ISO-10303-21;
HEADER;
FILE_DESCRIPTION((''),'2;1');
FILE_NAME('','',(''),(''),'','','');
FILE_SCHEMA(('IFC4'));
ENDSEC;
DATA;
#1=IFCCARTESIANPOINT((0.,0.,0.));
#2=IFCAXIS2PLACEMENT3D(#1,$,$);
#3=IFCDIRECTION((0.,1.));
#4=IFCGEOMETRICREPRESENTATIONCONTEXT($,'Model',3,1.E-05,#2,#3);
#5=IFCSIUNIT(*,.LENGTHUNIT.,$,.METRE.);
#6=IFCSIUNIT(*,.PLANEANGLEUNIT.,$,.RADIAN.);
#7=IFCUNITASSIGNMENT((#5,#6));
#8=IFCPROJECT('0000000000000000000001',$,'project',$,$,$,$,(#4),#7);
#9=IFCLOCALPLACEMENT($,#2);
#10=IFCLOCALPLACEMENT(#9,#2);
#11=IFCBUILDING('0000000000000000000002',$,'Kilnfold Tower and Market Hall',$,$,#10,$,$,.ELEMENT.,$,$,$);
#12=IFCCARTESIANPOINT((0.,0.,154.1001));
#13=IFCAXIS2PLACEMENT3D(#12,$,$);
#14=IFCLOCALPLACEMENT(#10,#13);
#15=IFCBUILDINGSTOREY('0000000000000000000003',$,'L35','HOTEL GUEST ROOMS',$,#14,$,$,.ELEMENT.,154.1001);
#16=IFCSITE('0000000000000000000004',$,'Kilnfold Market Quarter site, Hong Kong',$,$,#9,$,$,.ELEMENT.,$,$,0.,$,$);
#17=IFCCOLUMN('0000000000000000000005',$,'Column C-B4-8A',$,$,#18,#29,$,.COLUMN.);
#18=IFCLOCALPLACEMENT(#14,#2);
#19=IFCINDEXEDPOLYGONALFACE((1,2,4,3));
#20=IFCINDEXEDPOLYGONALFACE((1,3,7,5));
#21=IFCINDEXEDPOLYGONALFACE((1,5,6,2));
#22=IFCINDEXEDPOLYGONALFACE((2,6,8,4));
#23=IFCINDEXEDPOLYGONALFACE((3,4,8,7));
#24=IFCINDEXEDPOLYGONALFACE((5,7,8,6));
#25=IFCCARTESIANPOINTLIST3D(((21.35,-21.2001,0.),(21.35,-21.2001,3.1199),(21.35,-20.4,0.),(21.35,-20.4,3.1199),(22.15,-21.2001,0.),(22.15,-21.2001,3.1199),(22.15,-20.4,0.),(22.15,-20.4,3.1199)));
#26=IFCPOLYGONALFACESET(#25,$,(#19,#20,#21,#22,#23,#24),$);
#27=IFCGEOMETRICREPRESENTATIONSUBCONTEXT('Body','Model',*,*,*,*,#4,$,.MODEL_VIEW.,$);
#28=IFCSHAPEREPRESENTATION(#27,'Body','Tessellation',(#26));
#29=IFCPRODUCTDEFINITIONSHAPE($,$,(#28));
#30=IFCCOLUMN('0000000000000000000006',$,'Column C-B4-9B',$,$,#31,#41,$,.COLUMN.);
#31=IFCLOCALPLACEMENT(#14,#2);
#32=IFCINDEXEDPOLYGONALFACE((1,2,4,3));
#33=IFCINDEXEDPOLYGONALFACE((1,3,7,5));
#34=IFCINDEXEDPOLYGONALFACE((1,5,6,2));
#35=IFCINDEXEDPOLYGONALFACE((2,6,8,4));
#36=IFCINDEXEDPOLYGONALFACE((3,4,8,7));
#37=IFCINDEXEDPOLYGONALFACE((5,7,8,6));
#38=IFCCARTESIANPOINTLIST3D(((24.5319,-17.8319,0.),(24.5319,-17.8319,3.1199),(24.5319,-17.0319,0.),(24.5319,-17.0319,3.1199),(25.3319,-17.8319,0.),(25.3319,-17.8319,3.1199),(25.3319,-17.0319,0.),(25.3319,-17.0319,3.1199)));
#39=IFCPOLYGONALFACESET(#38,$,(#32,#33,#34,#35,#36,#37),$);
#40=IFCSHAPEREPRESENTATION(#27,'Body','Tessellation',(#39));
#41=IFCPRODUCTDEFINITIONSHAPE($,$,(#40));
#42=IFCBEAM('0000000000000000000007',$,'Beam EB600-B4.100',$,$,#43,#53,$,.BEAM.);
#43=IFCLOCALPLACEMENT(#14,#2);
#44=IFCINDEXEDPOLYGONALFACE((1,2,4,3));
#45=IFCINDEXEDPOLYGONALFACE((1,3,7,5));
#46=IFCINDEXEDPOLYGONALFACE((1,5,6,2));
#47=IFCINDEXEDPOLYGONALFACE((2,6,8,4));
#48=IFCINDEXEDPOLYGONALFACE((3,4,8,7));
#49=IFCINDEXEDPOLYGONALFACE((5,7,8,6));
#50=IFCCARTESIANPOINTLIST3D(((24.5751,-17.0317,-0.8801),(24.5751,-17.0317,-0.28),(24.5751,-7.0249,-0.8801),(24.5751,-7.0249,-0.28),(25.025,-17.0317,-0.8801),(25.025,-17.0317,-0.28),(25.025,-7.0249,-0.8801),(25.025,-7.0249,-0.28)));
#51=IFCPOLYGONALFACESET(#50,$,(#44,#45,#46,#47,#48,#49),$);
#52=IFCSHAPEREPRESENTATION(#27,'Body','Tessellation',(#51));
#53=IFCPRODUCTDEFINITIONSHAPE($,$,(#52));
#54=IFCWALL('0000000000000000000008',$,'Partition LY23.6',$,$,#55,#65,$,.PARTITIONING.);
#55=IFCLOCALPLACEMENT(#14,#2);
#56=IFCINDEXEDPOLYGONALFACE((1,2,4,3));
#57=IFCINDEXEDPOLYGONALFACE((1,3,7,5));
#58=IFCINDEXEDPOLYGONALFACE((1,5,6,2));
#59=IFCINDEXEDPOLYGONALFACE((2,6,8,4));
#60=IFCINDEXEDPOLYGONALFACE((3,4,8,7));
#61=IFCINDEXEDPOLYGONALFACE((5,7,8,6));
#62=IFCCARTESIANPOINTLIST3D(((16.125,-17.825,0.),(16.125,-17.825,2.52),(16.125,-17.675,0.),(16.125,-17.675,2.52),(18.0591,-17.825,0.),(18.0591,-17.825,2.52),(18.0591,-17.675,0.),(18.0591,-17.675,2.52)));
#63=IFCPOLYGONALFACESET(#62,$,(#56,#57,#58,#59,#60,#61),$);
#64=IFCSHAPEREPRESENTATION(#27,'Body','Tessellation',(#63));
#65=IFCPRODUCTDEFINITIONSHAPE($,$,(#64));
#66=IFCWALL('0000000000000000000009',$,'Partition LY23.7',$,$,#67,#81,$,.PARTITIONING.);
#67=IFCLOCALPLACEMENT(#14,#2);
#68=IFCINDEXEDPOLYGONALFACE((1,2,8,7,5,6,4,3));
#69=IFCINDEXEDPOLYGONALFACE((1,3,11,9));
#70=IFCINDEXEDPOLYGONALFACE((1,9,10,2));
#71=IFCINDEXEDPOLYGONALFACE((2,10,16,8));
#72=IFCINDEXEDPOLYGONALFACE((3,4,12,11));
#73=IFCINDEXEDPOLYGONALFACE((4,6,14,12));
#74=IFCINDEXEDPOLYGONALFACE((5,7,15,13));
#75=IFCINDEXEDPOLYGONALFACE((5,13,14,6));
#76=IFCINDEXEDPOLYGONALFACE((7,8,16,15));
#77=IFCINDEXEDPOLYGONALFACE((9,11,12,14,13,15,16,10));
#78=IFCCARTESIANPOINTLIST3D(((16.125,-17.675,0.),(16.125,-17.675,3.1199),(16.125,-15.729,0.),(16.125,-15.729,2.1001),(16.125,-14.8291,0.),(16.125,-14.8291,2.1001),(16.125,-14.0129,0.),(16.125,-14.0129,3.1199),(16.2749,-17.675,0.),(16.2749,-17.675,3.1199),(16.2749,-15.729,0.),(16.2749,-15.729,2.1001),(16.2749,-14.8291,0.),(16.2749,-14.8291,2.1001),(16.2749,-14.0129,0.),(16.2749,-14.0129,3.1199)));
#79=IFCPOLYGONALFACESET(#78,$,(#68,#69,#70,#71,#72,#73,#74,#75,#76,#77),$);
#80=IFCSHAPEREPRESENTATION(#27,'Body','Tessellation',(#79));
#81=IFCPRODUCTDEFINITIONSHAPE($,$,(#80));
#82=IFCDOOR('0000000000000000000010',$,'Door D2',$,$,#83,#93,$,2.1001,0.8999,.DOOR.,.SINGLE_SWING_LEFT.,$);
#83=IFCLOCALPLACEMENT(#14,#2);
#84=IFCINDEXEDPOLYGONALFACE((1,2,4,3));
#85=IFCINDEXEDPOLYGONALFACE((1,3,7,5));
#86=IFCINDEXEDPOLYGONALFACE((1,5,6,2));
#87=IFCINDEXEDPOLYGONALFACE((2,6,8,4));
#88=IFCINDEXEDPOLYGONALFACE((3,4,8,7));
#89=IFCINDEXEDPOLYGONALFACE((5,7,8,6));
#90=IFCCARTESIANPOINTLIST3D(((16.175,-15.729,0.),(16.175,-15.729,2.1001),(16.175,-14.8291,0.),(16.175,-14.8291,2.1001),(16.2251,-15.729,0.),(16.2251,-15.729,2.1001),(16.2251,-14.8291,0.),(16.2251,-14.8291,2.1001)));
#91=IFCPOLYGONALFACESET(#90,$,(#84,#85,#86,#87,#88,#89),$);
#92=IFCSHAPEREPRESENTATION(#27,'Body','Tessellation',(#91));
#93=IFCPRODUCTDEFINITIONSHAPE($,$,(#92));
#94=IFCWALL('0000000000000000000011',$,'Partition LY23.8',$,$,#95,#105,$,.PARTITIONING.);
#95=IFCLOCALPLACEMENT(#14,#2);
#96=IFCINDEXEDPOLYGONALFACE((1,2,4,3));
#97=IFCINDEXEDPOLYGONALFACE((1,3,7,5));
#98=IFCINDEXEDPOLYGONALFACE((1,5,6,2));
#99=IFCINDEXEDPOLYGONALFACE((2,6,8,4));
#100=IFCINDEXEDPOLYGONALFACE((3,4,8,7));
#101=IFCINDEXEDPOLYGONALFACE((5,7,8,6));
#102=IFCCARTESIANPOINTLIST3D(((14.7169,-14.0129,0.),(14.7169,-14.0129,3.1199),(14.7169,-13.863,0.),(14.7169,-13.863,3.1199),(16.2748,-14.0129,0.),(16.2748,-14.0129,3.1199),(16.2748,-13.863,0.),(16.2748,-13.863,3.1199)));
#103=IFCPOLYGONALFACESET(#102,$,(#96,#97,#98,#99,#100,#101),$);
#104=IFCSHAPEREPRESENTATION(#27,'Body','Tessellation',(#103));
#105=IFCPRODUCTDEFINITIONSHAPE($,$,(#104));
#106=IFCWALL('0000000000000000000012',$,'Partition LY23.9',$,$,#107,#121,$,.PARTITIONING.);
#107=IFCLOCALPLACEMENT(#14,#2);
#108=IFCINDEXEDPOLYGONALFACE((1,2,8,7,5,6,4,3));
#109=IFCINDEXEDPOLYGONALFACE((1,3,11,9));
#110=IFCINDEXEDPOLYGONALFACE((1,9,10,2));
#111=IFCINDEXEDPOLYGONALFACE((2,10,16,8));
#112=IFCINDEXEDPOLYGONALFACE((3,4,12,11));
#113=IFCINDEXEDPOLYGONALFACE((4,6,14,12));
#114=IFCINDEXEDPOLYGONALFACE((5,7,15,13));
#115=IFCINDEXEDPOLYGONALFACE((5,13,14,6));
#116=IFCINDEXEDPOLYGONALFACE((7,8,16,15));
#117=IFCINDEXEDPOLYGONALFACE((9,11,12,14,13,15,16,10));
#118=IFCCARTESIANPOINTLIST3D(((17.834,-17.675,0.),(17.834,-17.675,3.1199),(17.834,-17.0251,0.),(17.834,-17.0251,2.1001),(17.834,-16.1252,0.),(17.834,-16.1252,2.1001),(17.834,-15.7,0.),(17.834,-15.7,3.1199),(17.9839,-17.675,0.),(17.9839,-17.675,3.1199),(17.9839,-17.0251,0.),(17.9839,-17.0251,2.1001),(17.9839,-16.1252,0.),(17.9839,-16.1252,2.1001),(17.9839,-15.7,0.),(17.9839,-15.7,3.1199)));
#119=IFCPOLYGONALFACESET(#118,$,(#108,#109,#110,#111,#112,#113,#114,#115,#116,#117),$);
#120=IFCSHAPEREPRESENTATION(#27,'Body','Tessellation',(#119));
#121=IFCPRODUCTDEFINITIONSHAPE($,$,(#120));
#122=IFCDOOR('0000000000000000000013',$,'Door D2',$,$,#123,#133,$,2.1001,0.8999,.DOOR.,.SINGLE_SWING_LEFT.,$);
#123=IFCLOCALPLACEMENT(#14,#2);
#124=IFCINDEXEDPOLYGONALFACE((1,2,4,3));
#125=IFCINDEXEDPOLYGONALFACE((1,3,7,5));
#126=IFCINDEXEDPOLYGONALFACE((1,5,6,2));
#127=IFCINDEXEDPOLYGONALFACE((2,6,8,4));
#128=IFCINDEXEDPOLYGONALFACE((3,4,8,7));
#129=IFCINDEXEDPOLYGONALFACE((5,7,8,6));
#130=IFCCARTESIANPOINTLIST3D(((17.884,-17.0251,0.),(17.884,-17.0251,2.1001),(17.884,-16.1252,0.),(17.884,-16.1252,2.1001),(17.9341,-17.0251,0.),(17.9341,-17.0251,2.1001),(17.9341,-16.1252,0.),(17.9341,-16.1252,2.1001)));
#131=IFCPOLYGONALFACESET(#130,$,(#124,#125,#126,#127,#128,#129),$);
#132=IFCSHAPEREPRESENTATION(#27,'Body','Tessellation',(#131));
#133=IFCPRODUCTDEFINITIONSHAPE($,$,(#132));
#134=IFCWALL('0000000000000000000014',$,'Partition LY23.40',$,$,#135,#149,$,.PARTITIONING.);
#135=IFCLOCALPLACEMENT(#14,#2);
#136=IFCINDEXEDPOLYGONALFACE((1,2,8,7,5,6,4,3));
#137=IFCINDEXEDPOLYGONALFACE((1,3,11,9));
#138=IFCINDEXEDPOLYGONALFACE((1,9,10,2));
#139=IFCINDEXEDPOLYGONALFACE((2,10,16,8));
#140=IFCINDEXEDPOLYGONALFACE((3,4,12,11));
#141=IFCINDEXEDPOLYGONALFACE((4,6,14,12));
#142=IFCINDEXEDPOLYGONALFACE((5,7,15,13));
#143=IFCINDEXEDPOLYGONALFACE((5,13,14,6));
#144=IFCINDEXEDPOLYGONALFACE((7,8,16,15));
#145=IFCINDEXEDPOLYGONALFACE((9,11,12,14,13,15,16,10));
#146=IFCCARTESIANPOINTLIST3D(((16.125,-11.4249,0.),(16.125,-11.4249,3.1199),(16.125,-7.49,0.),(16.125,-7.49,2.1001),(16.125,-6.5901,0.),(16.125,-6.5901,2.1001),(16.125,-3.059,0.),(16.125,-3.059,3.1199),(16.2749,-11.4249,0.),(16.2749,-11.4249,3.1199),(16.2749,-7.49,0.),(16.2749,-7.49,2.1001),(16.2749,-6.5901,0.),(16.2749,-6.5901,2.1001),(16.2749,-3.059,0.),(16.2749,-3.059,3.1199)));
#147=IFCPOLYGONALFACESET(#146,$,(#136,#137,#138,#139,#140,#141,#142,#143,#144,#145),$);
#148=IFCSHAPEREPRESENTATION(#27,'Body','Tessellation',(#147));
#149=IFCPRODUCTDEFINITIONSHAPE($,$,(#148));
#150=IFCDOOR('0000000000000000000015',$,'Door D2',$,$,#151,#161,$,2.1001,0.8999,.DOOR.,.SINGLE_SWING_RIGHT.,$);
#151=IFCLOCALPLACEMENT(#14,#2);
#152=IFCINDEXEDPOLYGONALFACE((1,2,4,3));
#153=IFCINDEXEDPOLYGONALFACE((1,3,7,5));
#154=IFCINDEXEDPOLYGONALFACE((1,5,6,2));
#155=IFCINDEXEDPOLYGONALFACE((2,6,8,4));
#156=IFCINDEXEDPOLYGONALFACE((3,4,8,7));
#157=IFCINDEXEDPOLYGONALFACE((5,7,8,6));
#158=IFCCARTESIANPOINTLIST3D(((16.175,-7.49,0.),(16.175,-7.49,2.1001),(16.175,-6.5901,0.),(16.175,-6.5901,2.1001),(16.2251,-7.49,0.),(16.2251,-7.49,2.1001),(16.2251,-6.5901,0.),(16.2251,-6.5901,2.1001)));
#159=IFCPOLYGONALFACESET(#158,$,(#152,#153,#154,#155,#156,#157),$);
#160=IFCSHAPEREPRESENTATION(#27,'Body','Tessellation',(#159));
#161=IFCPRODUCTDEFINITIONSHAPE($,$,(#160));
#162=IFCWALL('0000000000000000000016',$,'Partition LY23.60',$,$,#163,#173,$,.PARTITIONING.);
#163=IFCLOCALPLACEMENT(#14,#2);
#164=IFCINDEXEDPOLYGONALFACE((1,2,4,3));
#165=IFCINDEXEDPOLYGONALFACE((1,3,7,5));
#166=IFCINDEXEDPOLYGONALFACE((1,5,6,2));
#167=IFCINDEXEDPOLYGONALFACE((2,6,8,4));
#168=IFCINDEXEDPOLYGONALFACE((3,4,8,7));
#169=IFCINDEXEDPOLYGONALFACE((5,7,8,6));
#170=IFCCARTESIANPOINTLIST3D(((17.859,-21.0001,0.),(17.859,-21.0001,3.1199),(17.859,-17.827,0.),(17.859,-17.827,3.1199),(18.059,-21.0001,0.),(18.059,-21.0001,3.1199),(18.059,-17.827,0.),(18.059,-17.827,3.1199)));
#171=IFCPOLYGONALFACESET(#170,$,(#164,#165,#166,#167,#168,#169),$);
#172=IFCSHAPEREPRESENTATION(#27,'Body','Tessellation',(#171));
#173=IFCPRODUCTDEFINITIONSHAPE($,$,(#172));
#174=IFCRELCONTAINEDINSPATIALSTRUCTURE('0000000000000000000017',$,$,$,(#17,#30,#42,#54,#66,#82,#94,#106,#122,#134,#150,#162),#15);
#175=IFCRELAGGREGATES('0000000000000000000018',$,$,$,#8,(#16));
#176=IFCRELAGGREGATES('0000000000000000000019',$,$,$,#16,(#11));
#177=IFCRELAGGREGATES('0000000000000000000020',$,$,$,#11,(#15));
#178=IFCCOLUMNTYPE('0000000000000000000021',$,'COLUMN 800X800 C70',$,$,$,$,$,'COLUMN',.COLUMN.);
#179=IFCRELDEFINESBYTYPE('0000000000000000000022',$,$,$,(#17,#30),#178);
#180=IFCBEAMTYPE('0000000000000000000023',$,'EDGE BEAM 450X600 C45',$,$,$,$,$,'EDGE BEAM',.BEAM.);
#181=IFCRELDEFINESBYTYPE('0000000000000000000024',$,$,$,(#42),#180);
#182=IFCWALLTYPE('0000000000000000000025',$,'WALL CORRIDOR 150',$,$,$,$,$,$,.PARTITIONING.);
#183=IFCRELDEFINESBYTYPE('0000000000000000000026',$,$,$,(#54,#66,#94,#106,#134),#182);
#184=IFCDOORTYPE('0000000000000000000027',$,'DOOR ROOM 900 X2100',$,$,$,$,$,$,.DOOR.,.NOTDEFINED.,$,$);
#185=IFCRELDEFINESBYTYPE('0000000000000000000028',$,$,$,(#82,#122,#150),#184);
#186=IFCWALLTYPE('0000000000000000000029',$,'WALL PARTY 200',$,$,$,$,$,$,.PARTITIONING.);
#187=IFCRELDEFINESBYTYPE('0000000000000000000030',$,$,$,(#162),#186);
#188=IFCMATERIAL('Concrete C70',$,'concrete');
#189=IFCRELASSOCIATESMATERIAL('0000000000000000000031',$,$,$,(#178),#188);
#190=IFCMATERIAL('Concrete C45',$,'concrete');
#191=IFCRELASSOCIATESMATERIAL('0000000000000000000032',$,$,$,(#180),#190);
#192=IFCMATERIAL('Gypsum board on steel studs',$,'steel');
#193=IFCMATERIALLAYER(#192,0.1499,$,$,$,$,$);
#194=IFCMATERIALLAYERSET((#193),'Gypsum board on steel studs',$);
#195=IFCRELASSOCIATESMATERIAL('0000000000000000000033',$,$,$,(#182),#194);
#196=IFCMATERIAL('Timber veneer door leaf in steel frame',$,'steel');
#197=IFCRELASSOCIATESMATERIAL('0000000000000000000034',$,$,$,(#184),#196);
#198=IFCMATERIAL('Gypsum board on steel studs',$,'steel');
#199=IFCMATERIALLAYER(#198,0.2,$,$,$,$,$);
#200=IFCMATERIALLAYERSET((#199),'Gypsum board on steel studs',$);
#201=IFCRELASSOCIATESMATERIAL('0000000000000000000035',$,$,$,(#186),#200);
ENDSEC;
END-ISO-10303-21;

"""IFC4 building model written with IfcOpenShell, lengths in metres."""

from ifc_helpers import new_model, si_unit, direction, frame, frame_2d, origin, origin_2d, place, context, subcontext, project, spatial, rectangle, extrude, source, transform, mapped, material, layer, layer_set, material_profile, profile_set, type_object, element, fill, save


model = new_model("IFC4")

# Units and contexts
model_context = context("Model", 3, precision=1e-05, world=origin(), true_north=direction((0.0, 1.0)))
body_context = subcontext(model_context, "Body", "Model", "MODEL_VIEW")
ifc_project = project(units=[si_unit("LENGTHUNIT", "METRE"), si_unit("PLANEANGLEUNIT", "RADIAN")], contexts=[model_context])

# Site, building, storey
site_placement = place(None, origin())
site = spatial("IfcSite", under=ifc_project, at=site_placement, Name="Kilnfold Market Quarter site, Hong Kong", CompositionType="ELEMENT", RefElevation=0.0)
building_placement = place(site_placement, origin())
building = spatial("IfcBuilding", under=site, at=building_placement, Name="Kilnfold Tower and Market Hall", CompositionType="ELEMENT")
storey_placement = place(building_placement, frame((0.0, 0.0, 154.1001)))
storey = spatial("IfcBuildingStorey", under=building, at=storey_placement, Name="L35", Description="HOTEL GUEST ROOMS", CompositionType="ELEMENT", Elevation=154.1001)

# Columns
ifc_material_1 = material(Name="Concrete C70", Category="concrete")
ifc_material_profile_1 = material_profile(ifc_material_1, rectangle(XDim=0.8, YDim=0.8, at=origin_2d()), Name="RC 800x800")
ifc_profile_set_1 = profile_set([ifc_material_profile_1], Name="Concrete C70")
column_type = type_object("IfcColumnType", Name="COLUMN 800X800 C70", ElementType="COLUMN", PredefinedType="COLUMN", material=ifc_profile_set_1)
shared_shape_1 = source(origin(), body_context, "Body", "SweptSolid", [
    extrude(rectangle(XDim=0.8, YDim=0.8, at=origin_2d()), origin(), (0.0, 0.0, 1.0), 3.1199),
])
for number, where, z_axis, x_axis, name in (
    (1, (21.75, -20.8, 0.0), (0.0, 0.0, 1.0), (1.0, 0.0, 0.0), "Column C-B4-8A"),
    (2, (24.9319, -17.4319, 0.0), (0.0, 0.0, 1.0), (1.0, 0.0, 0.0), "Column C-B4-9B"),
):
    element("IfcColumn", number, at=place(storey_placement, frame(where, z_axis=z_axis, x_axis=x_axis)), inside=storey, type_object=column_type, Name=name, PredefinedType="COLUMN", context=body_context, shape_type="MappedRepresentation", body=[
        mapped(shared_shape_1, transform((0.0, 0.0, 0.0))),
    ])

# Beam
ifc_material_2 = material(Name="Concrete C45", Category="concrete")
ifc_material_profile_2 = material_profile(ifc_material_2, rectangle(XDim=0.45, YDim=0.6001, at=origin_2d()), Name="RC 450x600")
ifc_profile_set_2 = profile_set([ifc_material_profile_2], Name="Concrete C45")
beam_type = type_object("IfcBeamType", Name="EDGE BEAM 450X600 C45", ElementType="EDGE BEAM", PredefinedType="BEAM", material=ifc_profile_set_2)
shared_shape_2 = source(origin(), body_context, "Body", "SweptSolid", [
    extrude(rectangle(XDim=0.45, YDim=0.6001, at=origin_2d()), origin(), (0.0, 0.0, 1.0), 10.0068),
])
beam_placement = place(storey_placement, frame((24.8, -17.0317, -0.5801), z_axis=(0.0, 1.0, 0.0), x_axis=(-1.0, 0.0, 0.0)))
element("IfcBeam", 3, at=beam_placement, inside=storey, type_object=beam_type, Name="Beam EB600-B4.100", PredefinedType="BEAM", context=body_context, shape_type="MappedRepresentation", body=[
    mapped(shared_shape_2, transform((0.0, 0.0, 0.0))),
])

# Wall
ifc_material_3 = material(Name="Gypsum board on steel studs", Category="steel")
ifc_layer_1 = layer(ifc_material_3, 0.1499)
ifc_layer_set_1 = layer_set([ifc_layer_1], Name="Gypsum board on steel studs")
wall_type_1 = type_object("IfcWallType", Name="WALL CORRIDOR 150", PredefinedType="PARTITIONING", material=ifc_layer_set_1)
wall_1_placement = place(storey_placement, frame((16.125, -17.75, 0.0), z_axis=(0.0, 0.0, 1.0), x_axis=(1.0, 0.0, 0.0)))
element("IfcWall", 4, at=wall_1_placement, inside=storey, type_object=wall_type_1, Name="Partition LY23.6", PredefinedType="PARTITIONING", context=body_context, shape_type="SweptSolid", body=[
    extrude(rectangle(XDim=1.9341, YDim=0.1499, at=frame_2d((0.967, 0.0))), origin(), (0.0, 0.0, 1.0), 2.52),
])

# Wall, opening, door
wall_2_placement = place(storey_placement, frame((16.2, -17.675, 0.0), z_axis=(0.0, 0.0, 1.0), x_axis=(0.0, 1.0, 0.0)))
wall_2 = element("IfcWall", 5, at=wall_2_placement, inside=storey, type_object=wall_type_1, Name="Partition LY23.7", PredefinedType="PARTITIONING", context=body_context, shape_type="SweptSolid", body=[
    extrude(rectangle(XDim=3.6621, YDim=0.1499, at=frame_2d((1.8311, 0.0))), origin(), (0.0, 0.0, 1.0), 3.1199),
])
opening_1_placement = place(wall_2_placement, frame((1.946, 0.0, 0.0)))
opening_1 = element("IfcOpeningElement", 6, at=opening_1_placement, cuts=wall_2, PredefinedType="OPENING", context=body_context, shape_type="SweptSolid", body=[
    extrude(rectangle(XDim=0.8999, YDim=2.1001, at=frame_2d((0.45, 1.05))), frame((0.0, 0.085, 0.0), z_axis=(0.0, -1.0, 0.0), x_axis=(1.0, 0.0, 0.0)), (0.0, 0.0, 1.0), 0.1699),
])
ifc_material_4 = material(Name="Timber veneer door leaf in steel frame", Category="steel")
door_type_1 = type_object("IfcDoorType", Name="DOOR ROOM 900 X2100", OperationType="NOTDEFINED", PredefinedType="DOOR", material=ifc_material_4)
door_1_placement = place(opening_1_placement, origin())
door_1 = element("IfcDoor", 7, at=door_1_placement, inside=storey, type_object=door_type_1, Name="Door D2", OperationType="SINGLE_SWING_LEFT", OverallHeight=2.1001, OverallWidth=0.8999, PredefinedType="DOOR", context=body_context, shape_type="SweptSolid", body=[
    extrude(rectangle(XDim=0.8999, YDim=2.1001, at=frame_2d((0.45, 1.05))), frame((0.0, 0.0249, 0.0), z_axis=(0.0, -1.0, 0.0), x_axis=(1.0, 0.0, 0.0)), (0.0, 0.0, 1.0), 0.05),
])
fill(opening_1, door_1)

# Wall
wall_3_placement = place(storey_placement, frame((14.717, -13.938, 0.0), z_axis=(0.0, 0.0, 1.0), x_axis=(1.0, 0.0, 0.0)))
element("IfcWall", 8, at=wall_3_placement, inside=storey, type_object=wall_type_1, Name="Partition LY23.8", PredefinedType="PARTITIONING", context=body_context, shape_type="SweptSolid", body=[
    extrude(rectangle(XDim=1.5579, YDim=0.1499, at=frame_2d((0.7788, 0.0))), origin(), (0.0, 0.0, 1.0), 3.1199),
])

# Walls, openings, doors
wall_4_placement = place(storey_placement, frame((17.9089, -17.675, 0.0), z_axis=(0.0, 0.0, 1.0), x_axis=(0.0, 1.0, 0.0)))
wall_4 = element("IfcWall", 9, at=wall_4_placement, inside=storey, type_object=wall_type_1, Name="Partition LY23.9", PredefinedType="PARTITIONING", context=body_context, shape_type="SweptSolid", body=[
    extrude(rectangle(XDim=1.9751, YDim=0.1499, at=frame_2d((0.9875, 0.0))), origin(), (0.0, 0.0, 1.0), 3.1199),
])
opening_2_placement = place(wall_4_placement, frame((0.6499, 0.0, 0.0)))
opening_2 = element("IfcOpeningElement", 10, at=opening_2_placement, cuts=wall_4, PredefinedType="OPENING", context=body_context, shape_type="SweptSolid", body=[
    extrude(rectangle(XDim=0.8999, YDim=2.1001, at=frame_2d((0.45, 1.05))), frame((0.0, 0.085, 0.0), z_axis=(0.0, -1.0, 0.0), x_axis=(1.0, 0.0, 0.0)), (0.0, 0.0, 1.0), 0.1699),
])
door_2_placement = place(opening_2_placement, origin())
door_2 = element("IfcDoor", 11, at=door_2_placement, inside=storey, type_object=door_type_1, Name="Door D2", OperationType="SINGLE_SWING_LEFT", OverallHeight=2.1001, OverallWidth=0.8999, PredefinedType="DOOR", context=body_context, shape_type="SweptSolid", body=[
    extrude(rectangle(XDim=0.8999, YDim=2.1001, at=frame_2d((0.45, 1.05))), frame((0.0, 0.0249, 0.0), z_axis=(0.0, -1.0, 0.0), x_axis=(1.0, 0.0, 0.0)), (0.0, 0.0, 1.0), 0.05),
])
fill(opening_2, door_2)
wall_5_placement = place(storey_placement, frame((16.2, -11.425, 0.0), z_axis=(0.0, 0.0, 1.0), x_axis=(0.0, 1.0, 0.0)))
wall_5 = element("IfcWall", 12, at=wall_5_placement, inside=storey, type_object=wall_type_1, Name="Partition LY23.40", PredefinedType="PARTITIONING", context=body_context, shape_type="SweptSolid", body=[
    extrude(rectangle(XDim=8.366, YDim=0.1499, at=frame_2d((4.1831, 0.0))), origin(), (0.0, 0.0, 1.0), 3.1199),
])
opening_3_placement = place(wall_5_placement, frame((3.9351, 0.0, 0.0)))
opening_3 = element("IfcOpeningElement", 13, at=opening_3_placement, cuts=wall_5, PredefinedType="OPENING", context=body_context, shape_type="SweptSolid", body=[
    extrude(rectangle(XDim=0.8999, YDim=2.1001, at=frame_2d((0.45, 1.05))), frame((0.0, 0.085, 0.0), z_axis=(0.0, -1.0, 0.0), x_axis=(1.0, 0.0, 0.0)), (0.0, 0.0, 1.0), 0.1699),
])
door_3_placement = place(opening_3_placement, origin())
door_3 = element("IfcDoor", 14, at=door_3_placement, inside=storey, type_object=door_type_1, Name="Door D2", OperationType="SINGLE_SWING_RIGHT", OverallHeight=2.1001, OverallWidth=0.8999, PredefinedType="DOOR", context=body_context, shape_type="SweptSolid", body=[
    extrude(rectangle(XDim=0.8999, YDim=2.1001, at=frame_2d((0.45, 1.05))), frame((0.0, 0.0249, 0.0), z_axis=(0.0, -1.0, 0.0), x_axis=(1.0, 0.0, 0.0)), (0.0, 0.0, 1.0), 0.05),
])
fill(opening_3, door_3)

# Wall
ifc_material_5 = material(Name="Gypsum board on steel studs", Category="steel")
ifc_layer_2 = layer(ifc_material_5, 0.2)
ifc_layer_set_2 = layer_set([ifc_layer_2], Name="Gypsum board on steel studs")
wall_type_2 = type_object("IfcWallType", Name="WALL PARTY 200", PredefinedType="PARTITIONING", material=ifc_layer_set_2)
wall_6_placement = place(storey_placement, frame((17.959, -21.0, 0.0), z_axis=(0.0, 0.0, 1.0), x_axis=(0.0, 1.0, 0.0)))
element("IfcWall", 15, at=wall_6_placement, inside=storey, type_object=wall_type_2, Name="Partition LY23.60", PredefinedType="PARTITIONING", context=body_context, shape_type="SweptSolid", body=[
    extrude(rectangle(XDim=3.1731, YDim=0.2, at=frame_2d((1.5864, 0.0))), origin(), (0.0, 0.0, 1.0), 3.1199),
])

save(model, "model.ifc")
